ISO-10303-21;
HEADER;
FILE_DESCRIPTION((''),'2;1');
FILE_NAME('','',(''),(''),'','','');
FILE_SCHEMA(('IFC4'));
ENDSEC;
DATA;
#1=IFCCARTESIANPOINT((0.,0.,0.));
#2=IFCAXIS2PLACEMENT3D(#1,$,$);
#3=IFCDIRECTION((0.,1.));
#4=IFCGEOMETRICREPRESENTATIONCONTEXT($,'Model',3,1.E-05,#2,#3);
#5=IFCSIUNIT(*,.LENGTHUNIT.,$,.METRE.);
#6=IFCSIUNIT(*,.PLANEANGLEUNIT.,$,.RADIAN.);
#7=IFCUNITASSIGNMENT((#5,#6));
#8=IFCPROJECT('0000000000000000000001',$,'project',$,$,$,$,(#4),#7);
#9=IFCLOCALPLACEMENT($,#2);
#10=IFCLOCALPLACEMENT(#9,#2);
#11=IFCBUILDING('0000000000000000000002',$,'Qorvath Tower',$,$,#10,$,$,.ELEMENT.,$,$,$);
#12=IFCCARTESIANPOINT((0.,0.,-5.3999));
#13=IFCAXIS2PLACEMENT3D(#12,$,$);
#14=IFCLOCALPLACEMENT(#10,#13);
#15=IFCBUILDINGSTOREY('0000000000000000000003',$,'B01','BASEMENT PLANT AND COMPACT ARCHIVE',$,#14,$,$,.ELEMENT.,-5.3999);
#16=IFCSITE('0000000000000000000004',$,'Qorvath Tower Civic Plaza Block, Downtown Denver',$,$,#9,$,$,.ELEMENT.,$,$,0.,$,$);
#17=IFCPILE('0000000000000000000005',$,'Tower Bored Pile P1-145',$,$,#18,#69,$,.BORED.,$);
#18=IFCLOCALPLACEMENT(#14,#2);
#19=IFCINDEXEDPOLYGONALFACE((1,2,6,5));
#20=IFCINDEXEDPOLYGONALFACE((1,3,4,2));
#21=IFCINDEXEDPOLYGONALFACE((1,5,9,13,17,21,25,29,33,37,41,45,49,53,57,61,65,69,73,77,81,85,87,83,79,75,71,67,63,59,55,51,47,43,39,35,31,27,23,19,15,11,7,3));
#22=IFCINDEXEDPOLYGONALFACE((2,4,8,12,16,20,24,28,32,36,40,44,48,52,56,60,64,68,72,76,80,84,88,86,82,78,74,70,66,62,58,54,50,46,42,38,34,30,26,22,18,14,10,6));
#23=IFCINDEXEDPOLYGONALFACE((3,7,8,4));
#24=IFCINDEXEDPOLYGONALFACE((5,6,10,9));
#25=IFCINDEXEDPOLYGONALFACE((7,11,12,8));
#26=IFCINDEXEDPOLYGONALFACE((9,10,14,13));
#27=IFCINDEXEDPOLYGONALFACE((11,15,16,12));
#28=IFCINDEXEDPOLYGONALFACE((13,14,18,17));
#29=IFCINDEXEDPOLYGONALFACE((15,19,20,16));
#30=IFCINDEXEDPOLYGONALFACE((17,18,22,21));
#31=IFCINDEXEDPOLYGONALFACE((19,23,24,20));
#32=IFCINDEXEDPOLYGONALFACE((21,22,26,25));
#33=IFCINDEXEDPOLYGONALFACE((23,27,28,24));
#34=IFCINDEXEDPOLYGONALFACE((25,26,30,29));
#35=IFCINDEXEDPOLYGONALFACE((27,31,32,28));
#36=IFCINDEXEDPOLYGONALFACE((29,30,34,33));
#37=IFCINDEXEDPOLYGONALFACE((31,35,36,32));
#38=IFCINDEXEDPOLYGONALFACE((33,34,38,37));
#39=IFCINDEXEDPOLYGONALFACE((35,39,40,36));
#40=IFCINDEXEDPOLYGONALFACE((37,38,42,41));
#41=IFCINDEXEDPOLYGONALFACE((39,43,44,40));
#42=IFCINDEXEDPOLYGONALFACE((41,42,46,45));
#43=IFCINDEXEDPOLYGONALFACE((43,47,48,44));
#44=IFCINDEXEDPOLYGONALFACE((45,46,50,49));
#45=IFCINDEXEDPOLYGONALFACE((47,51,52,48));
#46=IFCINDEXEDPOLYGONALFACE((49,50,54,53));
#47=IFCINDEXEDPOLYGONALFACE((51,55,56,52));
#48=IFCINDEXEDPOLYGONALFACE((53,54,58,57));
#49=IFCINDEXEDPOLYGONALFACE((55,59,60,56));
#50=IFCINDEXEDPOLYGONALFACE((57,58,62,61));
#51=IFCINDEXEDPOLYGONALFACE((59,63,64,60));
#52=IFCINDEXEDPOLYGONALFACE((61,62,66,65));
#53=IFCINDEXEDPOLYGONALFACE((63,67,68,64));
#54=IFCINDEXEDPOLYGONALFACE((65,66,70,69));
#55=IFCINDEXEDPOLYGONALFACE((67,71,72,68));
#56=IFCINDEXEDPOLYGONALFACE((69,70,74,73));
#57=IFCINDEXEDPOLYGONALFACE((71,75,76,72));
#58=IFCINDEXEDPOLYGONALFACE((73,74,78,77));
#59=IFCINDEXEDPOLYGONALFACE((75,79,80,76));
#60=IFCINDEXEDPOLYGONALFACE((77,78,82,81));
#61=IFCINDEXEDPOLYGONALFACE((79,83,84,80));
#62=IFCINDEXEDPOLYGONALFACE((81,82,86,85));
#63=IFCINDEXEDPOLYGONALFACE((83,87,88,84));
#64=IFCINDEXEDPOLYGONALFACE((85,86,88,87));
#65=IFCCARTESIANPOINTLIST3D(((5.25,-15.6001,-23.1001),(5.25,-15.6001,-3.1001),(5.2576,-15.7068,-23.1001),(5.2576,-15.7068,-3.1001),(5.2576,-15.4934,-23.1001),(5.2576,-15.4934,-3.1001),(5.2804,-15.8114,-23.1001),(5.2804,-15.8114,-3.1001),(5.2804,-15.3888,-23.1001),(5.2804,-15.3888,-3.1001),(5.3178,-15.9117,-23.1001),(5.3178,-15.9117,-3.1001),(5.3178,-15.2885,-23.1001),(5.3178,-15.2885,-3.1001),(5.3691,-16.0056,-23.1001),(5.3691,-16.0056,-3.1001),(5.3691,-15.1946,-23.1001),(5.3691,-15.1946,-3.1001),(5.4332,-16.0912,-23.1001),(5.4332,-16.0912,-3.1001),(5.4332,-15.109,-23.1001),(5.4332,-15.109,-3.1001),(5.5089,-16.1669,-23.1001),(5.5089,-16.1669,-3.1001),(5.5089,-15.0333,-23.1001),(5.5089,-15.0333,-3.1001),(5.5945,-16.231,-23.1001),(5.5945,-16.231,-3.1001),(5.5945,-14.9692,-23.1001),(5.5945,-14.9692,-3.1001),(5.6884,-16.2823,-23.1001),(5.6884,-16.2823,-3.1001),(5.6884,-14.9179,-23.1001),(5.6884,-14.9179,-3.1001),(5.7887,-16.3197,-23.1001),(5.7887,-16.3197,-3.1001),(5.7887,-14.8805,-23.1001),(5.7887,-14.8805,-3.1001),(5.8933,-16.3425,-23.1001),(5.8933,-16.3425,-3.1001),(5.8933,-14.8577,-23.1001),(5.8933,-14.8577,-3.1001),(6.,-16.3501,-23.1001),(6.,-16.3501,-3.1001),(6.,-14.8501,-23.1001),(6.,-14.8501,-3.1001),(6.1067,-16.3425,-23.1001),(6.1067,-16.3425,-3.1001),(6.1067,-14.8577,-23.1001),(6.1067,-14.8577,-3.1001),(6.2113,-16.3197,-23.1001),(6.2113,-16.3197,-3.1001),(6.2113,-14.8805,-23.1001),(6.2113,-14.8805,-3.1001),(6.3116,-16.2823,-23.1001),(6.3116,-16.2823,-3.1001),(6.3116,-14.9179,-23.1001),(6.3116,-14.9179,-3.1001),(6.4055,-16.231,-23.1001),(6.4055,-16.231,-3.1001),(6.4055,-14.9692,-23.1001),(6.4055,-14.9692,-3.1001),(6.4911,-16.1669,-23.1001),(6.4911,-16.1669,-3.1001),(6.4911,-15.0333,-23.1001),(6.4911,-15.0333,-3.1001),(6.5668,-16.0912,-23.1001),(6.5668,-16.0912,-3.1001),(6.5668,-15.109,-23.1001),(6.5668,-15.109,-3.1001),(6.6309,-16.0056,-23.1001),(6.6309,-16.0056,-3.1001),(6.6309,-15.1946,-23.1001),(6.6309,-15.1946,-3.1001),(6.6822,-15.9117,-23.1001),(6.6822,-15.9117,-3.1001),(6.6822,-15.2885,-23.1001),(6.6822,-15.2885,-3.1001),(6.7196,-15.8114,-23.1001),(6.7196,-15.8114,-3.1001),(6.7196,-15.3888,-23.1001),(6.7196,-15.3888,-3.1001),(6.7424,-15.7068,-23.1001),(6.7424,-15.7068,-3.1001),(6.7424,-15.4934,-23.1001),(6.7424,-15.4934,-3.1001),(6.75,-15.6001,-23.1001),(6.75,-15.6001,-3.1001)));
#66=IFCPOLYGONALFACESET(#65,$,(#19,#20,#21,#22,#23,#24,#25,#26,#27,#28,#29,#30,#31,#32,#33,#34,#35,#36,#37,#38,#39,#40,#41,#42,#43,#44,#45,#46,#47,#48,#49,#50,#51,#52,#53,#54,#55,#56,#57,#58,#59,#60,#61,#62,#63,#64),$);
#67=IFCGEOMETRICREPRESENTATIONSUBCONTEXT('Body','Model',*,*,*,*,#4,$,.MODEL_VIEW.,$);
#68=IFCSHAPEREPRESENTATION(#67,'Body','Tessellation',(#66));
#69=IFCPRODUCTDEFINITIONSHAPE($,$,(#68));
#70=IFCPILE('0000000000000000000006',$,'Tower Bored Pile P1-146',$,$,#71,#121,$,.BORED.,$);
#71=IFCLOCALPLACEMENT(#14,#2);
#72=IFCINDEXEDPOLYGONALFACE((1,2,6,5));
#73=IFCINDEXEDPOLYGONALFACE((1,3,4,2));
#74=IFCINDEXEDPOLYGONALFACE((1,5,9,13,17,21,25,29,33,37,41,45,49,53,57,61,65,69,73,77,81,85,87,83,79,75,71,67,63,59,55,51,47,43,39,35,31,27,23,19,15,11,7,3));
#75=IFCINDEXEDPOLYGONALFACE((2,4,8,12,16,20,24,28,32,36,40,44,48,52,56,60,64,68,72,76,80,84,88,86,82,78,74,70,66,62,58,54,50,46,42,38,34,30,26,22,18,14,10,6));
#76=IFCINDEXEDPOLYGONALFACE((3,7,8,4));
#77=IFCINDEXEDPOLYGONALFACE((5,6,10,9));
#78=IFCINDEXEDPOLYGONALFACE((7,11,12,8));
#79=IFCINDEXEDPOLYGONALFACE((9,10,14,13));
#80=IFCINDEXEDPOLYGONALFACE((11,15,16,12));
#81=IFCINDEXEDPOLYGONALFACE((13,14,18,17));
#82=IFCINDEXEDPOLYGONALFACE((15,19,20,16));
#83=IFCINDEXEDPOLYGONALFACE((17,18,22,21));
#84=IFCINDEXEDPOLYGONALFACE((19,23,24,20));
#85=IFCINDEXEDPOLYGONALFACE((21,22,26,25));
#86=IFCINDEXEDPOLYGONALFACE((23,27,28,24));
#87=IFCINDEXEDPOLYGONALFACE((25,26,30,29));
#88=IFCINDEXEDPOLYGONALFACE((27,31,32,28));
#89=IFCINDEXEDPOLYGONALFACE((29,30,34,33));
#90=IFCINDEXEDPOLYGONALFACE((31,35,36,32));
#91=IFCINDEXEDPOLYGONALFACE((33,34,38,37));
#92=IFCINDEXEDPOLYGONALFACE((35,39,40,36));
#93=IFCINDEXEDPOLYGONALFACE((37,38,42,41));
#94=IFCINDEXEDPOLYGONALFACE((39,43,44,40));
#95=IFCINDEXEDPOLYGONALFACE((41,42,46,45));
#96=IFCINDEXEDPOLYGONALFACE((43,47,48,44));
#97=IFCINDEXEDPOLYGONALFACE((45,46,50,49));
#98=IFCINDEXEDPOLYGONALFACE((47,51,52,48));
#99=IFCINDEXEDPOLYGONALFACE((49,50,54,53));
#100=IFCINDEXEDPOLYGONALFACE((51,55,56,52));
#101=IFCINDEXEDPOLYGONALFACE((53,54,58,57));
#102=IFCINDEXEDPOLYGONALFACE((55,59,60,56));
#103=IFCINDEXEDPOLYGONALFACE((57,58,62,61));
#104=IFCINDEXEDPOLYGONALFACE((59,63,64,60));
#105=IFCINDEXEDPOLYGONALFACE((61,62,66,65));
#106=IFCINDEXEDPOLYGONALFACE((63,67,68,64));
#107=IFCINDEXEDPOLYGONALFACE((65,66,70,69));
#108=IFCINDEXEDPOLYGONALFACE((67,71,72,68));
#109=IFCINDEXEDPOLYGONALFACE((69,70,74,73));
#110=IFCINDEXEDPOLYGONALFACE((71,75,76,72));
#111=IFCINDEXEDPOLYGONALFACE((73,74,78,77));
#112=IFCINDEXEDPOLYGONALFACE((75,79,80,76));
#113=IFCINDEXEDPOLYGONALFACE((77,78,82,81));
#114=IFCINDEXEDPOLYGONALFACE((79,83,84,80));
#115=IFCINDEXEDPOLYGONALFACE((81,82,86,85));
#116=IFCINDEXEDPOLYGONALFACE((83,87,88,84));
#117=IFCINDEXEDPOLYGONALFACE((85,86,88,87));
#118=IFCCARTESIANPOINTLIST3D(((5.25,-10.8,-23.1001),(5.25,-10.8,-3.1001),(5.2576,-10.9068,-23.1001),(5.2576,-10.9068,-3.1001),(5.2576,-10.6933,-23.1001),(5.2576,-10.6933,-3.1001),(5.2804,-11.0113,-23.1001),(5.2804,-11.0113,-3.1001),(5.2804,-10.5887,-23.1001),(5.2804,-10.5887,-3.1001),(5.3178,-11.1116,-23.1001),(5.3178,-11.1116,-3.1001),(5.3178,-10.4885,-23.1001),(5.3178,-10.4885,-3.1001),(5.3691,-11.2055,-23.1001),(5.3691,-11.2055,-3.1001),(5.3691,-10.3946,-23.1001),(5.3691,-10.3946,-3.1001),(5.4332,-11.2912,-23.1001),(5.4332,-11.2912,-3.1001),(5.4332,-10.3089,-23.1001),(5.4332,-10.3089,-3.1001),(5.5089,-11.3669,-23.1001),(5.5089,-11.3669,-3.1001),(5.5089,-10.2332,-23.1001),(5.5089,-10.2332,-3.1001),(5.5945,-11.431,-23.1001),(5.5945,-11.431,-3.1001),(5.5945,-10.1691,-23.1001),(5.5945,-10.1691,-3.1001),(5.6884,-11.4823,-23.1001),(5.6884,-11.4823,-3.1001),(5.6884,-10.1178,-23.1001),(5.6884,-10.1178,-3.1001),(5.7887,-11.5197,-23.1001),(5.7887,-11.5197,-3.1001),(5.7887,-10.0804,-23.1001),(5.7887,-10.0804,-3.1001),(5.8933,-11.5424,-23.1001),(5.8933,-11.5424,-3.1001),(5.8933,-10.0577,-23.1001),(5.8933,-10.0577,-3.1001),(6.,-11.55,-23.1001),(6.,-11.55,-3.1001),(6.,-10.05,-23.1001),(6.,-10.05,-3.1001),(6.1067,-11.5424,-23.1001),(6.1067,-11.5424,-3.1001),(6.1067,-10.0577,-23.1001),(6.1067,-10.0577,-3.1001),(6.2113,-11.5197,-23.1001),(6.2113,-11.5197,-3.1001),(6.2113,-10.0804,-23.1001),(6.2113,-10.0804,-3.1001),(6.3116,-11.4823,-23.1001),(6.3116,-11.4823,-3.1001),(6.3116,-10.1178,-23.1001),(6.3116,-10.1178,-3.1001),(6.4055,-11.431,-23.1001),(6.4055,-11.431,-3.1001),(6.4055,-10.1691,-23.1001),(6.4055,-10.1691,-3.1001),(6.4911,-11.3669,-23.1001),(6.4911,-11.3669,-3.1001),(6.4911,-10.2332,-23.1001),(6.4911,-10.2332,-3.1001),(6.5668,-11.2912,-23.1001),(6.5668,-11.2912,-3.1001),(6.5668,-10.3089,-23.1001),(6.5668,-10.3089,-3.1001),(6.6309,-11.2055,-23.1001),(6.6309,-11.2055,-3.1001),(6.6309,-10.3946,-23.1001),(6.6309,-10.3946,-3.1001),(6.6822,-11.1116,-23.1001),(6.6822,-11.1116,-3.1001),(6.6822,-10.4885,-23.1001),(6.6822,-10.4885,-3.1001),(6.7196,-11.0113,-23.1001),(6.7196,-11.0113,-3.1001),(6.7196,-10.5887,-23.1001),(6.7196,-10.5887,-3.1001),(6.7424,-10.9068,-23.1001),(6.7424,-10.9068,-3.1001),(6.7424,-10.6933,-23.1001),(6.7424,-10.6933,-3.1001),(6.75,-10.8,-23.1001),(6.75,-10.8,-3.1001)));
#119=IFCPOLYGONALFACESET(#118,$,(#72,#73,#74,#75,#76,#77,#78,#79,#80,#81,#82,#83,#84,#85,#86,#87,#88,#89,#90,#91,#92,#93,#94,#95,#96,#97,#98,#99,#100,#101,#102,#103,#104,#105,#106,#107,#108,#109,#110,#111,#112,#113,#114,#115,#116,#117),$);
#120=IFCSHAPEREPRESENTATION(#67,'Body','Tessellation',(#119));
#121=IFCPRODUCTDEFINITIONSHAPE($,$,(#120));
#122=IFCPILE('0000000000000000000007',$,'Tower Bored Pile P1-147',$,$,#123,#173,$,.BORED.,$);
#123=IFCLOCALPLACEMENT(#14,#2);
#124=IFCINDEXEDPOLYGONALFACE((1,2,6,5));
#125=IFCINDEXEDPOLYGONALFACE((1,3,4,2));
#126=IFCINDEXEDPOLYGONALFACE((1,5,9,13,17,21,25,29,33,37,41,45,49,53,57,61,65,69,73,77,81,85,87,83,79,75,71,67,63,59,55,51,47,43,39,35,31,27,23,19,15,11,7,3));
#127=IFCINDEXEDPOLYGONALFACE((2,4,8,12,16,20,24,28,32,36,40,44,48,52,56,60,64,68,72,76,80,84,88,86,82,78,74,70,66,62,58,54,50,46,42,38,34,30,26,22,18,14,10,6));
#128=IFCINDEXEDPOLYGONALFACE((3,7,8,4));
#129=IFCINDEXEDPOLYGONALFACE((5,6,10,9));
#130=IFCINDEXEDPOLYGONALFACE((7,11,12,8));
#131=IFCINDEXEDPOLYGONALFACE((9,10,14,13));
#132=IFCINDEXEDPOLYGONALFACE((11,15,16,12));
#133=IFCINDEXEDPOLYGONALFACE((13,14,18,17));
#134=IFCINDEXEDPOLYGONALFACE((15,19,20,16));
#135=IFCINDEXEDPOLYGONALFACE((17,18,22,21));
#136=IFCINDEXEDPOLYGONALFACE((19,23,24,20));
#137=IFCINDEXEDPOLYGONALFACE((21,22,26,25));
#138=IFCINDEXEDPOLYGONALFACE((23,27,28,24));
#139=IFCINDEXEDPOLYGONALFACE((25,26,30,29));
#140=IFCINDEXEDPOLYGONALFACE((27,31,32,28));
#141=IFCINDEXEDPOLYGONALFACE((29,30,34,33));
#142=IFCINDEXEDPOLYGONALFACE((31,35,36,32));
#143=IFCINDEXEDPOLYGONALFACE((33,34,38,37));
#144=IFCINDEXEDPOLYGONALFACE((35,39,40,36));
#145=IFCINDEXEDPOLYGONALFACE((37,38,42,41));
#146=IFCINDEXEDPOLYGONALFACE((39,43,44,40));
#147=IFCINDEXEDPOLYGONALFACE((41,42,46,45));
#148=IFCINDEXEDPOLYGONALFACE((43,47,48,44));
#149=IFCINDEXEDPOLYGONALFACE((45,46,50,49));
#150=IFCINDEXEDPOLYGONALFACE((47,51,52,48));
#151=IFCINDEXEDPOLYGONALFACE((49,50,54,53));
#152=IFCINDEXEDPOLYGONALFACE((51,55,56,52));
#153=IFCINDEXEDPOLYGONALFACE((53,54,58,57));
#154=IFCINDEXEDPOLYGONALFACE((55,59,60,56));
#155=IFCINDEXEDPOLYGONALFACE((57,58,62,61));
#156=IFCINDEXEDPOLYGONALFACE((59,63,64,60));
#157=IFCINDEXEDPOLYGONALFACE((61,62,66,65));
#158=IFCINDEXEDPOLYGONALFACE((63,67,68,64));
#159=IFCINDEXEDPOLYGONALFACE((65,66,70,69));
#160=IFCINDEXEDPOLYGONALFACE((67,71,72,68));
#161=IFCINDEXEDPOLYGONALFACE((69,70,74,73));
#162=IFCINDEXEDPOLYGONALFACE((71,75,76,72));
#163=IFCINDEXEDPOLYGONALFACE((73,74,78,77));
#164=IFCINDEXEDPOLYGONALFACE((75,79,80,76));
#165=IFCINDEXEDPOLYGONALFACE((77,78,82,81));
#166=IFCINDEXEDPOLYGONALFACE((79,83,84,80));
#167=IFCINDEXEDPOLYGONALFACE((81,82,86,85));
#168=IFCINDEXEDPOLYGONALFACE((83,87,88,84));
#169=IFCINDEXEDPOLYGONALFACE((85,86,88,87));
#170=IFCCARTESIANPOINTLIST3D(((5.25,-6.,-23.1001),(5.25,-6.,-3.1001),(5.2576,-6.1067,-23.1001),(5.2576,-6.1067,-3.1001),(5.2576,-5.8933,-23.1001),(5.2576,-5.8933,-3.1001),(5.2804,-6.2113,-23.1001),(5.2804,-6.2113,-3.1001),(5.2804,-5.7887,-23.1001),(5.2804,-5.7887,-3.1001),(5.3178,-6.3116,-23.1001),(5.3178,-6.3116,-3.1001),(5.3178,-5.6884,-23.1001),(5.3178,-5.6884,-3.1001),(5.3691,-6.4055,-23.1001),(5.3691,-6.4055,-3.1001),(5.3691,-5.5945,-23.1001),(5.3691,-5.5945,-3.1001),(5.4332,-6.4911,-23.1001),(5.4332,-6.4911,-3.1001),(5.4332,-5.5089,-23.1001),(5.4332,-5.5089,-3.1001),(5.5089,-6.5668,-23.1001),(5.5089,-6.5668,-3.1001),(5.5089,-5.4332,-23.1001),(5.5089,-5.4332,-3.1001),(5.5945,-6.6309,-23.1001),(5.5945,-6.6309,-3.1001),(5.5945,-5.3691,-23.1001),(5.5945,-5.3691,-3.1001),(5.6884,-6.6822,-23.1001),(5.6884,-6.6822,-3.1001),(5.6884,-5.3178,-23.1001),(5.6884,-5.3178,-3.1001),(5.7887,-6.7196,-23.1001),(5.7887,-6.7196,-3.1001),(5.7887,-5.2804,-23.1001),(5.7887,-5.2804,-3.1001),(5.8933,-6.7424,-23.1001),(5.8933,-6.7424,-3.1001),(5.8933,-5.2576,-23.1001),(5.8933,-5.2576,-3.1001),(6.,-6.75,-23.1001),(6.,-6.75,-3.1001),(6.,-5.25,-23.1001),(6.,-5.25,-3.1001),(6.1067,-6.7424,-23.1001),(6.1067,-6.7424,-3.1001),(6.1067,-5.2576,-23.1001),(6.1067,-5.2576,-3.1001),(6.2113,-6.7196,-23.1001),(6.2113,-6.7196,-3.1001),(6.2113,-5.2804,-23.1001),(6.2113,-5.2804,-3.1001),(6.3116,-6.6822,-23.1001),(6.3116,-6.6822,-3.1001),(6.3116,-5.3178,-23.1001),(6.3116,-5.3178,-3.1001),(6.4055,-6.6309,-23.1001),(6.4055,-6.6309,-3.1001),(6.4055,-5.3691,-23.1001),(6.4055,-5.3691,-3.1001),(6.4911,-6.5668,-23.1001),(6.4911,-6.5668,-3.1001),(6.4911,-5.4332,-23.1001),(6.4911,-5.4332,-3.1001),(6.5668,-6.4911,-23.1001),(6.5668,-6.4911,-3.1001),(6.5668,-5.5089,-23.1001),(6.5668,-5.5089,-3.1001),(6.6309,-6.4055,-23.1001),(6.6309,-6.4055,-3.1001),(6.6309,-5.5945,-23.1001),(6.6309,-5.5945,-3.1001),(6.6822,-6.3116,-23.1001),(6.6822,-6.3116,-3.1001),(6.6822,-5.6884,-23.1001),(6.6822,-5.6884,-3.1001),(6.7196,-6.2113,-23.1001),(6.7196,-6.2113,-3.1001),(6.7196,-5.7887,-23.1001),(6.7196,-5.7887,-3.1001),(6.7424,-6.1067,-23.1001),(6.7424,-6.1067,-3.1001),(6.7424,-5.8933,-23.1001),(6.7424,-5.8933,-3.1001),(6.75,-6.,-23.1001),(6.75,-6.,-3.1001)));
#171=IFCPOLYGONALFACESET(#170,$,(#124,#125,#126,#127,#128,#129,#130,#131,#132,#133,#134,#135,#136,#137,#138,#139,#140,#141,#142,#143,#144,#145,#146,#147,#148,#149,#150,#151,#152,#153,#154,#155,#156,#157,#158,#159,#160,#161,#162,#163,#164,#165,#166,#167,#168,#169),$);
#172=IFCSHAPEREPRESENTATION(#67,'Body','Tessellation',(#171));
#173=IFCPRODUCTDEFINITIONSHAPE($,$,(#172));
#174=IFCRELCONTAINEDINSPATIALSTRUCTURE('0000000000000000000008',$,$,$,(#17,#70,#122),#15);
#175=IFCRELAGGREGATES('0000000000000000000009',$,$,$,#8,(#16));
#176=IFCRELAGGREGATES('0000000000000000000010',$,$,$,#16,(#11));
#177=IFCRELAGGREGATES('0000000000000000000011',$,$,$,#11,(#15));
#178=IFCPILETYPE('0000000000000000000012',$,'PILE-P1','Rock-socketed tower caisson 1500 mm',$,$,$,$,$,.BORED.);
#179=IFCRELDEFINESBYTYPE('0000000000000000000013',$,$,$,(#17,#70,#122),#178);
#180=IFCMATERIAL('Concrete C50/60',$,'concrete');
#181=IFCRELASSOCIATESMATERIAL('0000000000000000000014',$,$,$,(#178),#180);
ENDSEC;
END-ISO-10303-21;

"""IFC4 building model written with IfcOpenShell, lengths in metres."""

from ifc_helpers import new_model, si_unit, direction, frame, origin, origin_2d, place, context, subcontext, project, spatial, circle, extrude, material, material_profile, profile_set, type_object, element, save


model = new_model("IFC4")

# Units and contexts
model_context = context("Model", 3, precision=1e-05, world=origin(), true_north=direction((0.0, 1.0)))
body_context = subcontext(model_context, "Body", "Model", "MODEL_VIEW")
ifc_project = project(units=[si_unit("LENGTHUNIT", "METRE"), si_unit("PLANEANGLEUNIT", "RADIAN")], contexts=[model_context])

# Site, building, storey
site_placement = place(None, origin())
site = spatial("IfcSite", under=ifc_project, at=site_placement, Name="Qorvath Tower Civic Plaza Block, Downtown Denver", CompositionType="ELEMENT", RefElevation=0.0)
building_placement = place(site_placement, origin())
building = spatial("IfcBuilding", under=site, at=building_placement, Name="Qorvath Tower", CompositionType="ELEMENT")
storey_placement = place(building_placement, frame((0.0, 0.0, -5.3999)))
storey = spatial("IfcBuildingStorey", under=building, at=storey_placement, Name="B01", Description="BASEMENT PLANT AND COMPACT ARCHIVE", CompositionType="ELEMENT", Elevation=-5.3999)

# Piles
ifc_material_1 = material(Name="Concrete C50/60", Category="concrete")
ifc_material_profile_1 = material_profile(ifc_material_1, circle(Radius=0.75, at=origin_2d()), Name="BORED PILE 1500")
ifc_profile_set_1 = profile_set([ifc_material_profile_1], Name="Concrete C50/60")
pile_type_1 = type_object("IfcPileType", Name="PILE-P1", Description="Rock-socketed tower caisson 1500 mm", PredefinedType="BORED", material=ifc_profile_set_1)
for number, where, z_axis, x_axis, name in (
    (1, (6.0, -15.6001, -3.1001), (0.0, 0.0, -1.0), (1.0, 0.0, 0.0), "Tower Bored Pile P1-145"),
    (2, (6.0, -10.8, -3.1001), (0.0, 0.0, -1.0), (1.0, 0.0, 0.0), "Tower Bored Pile P1-146"),
    (3, (6.0, -6.0, -3.1001), (0.0, 0.0, -1.0), (1.0, 0.0, 0.0), "Tower Bored Pile P1-147"),
):
    element("IfcPile", number, at=place(storey_placement, frame(where, z_axis=z_axis, x_axis=x_axis)), inside=storey, type_object=pile_type_1, Name=name, PredefinedType="BORED", context=body_context, shape_type="SweptSolid", body=[
        extrude(circle(Radius=0.75, at=origin_2d()), origin(), (0.0, 0.0, 1.0), 20.0),
    ])

save(model, "model.ifc")
